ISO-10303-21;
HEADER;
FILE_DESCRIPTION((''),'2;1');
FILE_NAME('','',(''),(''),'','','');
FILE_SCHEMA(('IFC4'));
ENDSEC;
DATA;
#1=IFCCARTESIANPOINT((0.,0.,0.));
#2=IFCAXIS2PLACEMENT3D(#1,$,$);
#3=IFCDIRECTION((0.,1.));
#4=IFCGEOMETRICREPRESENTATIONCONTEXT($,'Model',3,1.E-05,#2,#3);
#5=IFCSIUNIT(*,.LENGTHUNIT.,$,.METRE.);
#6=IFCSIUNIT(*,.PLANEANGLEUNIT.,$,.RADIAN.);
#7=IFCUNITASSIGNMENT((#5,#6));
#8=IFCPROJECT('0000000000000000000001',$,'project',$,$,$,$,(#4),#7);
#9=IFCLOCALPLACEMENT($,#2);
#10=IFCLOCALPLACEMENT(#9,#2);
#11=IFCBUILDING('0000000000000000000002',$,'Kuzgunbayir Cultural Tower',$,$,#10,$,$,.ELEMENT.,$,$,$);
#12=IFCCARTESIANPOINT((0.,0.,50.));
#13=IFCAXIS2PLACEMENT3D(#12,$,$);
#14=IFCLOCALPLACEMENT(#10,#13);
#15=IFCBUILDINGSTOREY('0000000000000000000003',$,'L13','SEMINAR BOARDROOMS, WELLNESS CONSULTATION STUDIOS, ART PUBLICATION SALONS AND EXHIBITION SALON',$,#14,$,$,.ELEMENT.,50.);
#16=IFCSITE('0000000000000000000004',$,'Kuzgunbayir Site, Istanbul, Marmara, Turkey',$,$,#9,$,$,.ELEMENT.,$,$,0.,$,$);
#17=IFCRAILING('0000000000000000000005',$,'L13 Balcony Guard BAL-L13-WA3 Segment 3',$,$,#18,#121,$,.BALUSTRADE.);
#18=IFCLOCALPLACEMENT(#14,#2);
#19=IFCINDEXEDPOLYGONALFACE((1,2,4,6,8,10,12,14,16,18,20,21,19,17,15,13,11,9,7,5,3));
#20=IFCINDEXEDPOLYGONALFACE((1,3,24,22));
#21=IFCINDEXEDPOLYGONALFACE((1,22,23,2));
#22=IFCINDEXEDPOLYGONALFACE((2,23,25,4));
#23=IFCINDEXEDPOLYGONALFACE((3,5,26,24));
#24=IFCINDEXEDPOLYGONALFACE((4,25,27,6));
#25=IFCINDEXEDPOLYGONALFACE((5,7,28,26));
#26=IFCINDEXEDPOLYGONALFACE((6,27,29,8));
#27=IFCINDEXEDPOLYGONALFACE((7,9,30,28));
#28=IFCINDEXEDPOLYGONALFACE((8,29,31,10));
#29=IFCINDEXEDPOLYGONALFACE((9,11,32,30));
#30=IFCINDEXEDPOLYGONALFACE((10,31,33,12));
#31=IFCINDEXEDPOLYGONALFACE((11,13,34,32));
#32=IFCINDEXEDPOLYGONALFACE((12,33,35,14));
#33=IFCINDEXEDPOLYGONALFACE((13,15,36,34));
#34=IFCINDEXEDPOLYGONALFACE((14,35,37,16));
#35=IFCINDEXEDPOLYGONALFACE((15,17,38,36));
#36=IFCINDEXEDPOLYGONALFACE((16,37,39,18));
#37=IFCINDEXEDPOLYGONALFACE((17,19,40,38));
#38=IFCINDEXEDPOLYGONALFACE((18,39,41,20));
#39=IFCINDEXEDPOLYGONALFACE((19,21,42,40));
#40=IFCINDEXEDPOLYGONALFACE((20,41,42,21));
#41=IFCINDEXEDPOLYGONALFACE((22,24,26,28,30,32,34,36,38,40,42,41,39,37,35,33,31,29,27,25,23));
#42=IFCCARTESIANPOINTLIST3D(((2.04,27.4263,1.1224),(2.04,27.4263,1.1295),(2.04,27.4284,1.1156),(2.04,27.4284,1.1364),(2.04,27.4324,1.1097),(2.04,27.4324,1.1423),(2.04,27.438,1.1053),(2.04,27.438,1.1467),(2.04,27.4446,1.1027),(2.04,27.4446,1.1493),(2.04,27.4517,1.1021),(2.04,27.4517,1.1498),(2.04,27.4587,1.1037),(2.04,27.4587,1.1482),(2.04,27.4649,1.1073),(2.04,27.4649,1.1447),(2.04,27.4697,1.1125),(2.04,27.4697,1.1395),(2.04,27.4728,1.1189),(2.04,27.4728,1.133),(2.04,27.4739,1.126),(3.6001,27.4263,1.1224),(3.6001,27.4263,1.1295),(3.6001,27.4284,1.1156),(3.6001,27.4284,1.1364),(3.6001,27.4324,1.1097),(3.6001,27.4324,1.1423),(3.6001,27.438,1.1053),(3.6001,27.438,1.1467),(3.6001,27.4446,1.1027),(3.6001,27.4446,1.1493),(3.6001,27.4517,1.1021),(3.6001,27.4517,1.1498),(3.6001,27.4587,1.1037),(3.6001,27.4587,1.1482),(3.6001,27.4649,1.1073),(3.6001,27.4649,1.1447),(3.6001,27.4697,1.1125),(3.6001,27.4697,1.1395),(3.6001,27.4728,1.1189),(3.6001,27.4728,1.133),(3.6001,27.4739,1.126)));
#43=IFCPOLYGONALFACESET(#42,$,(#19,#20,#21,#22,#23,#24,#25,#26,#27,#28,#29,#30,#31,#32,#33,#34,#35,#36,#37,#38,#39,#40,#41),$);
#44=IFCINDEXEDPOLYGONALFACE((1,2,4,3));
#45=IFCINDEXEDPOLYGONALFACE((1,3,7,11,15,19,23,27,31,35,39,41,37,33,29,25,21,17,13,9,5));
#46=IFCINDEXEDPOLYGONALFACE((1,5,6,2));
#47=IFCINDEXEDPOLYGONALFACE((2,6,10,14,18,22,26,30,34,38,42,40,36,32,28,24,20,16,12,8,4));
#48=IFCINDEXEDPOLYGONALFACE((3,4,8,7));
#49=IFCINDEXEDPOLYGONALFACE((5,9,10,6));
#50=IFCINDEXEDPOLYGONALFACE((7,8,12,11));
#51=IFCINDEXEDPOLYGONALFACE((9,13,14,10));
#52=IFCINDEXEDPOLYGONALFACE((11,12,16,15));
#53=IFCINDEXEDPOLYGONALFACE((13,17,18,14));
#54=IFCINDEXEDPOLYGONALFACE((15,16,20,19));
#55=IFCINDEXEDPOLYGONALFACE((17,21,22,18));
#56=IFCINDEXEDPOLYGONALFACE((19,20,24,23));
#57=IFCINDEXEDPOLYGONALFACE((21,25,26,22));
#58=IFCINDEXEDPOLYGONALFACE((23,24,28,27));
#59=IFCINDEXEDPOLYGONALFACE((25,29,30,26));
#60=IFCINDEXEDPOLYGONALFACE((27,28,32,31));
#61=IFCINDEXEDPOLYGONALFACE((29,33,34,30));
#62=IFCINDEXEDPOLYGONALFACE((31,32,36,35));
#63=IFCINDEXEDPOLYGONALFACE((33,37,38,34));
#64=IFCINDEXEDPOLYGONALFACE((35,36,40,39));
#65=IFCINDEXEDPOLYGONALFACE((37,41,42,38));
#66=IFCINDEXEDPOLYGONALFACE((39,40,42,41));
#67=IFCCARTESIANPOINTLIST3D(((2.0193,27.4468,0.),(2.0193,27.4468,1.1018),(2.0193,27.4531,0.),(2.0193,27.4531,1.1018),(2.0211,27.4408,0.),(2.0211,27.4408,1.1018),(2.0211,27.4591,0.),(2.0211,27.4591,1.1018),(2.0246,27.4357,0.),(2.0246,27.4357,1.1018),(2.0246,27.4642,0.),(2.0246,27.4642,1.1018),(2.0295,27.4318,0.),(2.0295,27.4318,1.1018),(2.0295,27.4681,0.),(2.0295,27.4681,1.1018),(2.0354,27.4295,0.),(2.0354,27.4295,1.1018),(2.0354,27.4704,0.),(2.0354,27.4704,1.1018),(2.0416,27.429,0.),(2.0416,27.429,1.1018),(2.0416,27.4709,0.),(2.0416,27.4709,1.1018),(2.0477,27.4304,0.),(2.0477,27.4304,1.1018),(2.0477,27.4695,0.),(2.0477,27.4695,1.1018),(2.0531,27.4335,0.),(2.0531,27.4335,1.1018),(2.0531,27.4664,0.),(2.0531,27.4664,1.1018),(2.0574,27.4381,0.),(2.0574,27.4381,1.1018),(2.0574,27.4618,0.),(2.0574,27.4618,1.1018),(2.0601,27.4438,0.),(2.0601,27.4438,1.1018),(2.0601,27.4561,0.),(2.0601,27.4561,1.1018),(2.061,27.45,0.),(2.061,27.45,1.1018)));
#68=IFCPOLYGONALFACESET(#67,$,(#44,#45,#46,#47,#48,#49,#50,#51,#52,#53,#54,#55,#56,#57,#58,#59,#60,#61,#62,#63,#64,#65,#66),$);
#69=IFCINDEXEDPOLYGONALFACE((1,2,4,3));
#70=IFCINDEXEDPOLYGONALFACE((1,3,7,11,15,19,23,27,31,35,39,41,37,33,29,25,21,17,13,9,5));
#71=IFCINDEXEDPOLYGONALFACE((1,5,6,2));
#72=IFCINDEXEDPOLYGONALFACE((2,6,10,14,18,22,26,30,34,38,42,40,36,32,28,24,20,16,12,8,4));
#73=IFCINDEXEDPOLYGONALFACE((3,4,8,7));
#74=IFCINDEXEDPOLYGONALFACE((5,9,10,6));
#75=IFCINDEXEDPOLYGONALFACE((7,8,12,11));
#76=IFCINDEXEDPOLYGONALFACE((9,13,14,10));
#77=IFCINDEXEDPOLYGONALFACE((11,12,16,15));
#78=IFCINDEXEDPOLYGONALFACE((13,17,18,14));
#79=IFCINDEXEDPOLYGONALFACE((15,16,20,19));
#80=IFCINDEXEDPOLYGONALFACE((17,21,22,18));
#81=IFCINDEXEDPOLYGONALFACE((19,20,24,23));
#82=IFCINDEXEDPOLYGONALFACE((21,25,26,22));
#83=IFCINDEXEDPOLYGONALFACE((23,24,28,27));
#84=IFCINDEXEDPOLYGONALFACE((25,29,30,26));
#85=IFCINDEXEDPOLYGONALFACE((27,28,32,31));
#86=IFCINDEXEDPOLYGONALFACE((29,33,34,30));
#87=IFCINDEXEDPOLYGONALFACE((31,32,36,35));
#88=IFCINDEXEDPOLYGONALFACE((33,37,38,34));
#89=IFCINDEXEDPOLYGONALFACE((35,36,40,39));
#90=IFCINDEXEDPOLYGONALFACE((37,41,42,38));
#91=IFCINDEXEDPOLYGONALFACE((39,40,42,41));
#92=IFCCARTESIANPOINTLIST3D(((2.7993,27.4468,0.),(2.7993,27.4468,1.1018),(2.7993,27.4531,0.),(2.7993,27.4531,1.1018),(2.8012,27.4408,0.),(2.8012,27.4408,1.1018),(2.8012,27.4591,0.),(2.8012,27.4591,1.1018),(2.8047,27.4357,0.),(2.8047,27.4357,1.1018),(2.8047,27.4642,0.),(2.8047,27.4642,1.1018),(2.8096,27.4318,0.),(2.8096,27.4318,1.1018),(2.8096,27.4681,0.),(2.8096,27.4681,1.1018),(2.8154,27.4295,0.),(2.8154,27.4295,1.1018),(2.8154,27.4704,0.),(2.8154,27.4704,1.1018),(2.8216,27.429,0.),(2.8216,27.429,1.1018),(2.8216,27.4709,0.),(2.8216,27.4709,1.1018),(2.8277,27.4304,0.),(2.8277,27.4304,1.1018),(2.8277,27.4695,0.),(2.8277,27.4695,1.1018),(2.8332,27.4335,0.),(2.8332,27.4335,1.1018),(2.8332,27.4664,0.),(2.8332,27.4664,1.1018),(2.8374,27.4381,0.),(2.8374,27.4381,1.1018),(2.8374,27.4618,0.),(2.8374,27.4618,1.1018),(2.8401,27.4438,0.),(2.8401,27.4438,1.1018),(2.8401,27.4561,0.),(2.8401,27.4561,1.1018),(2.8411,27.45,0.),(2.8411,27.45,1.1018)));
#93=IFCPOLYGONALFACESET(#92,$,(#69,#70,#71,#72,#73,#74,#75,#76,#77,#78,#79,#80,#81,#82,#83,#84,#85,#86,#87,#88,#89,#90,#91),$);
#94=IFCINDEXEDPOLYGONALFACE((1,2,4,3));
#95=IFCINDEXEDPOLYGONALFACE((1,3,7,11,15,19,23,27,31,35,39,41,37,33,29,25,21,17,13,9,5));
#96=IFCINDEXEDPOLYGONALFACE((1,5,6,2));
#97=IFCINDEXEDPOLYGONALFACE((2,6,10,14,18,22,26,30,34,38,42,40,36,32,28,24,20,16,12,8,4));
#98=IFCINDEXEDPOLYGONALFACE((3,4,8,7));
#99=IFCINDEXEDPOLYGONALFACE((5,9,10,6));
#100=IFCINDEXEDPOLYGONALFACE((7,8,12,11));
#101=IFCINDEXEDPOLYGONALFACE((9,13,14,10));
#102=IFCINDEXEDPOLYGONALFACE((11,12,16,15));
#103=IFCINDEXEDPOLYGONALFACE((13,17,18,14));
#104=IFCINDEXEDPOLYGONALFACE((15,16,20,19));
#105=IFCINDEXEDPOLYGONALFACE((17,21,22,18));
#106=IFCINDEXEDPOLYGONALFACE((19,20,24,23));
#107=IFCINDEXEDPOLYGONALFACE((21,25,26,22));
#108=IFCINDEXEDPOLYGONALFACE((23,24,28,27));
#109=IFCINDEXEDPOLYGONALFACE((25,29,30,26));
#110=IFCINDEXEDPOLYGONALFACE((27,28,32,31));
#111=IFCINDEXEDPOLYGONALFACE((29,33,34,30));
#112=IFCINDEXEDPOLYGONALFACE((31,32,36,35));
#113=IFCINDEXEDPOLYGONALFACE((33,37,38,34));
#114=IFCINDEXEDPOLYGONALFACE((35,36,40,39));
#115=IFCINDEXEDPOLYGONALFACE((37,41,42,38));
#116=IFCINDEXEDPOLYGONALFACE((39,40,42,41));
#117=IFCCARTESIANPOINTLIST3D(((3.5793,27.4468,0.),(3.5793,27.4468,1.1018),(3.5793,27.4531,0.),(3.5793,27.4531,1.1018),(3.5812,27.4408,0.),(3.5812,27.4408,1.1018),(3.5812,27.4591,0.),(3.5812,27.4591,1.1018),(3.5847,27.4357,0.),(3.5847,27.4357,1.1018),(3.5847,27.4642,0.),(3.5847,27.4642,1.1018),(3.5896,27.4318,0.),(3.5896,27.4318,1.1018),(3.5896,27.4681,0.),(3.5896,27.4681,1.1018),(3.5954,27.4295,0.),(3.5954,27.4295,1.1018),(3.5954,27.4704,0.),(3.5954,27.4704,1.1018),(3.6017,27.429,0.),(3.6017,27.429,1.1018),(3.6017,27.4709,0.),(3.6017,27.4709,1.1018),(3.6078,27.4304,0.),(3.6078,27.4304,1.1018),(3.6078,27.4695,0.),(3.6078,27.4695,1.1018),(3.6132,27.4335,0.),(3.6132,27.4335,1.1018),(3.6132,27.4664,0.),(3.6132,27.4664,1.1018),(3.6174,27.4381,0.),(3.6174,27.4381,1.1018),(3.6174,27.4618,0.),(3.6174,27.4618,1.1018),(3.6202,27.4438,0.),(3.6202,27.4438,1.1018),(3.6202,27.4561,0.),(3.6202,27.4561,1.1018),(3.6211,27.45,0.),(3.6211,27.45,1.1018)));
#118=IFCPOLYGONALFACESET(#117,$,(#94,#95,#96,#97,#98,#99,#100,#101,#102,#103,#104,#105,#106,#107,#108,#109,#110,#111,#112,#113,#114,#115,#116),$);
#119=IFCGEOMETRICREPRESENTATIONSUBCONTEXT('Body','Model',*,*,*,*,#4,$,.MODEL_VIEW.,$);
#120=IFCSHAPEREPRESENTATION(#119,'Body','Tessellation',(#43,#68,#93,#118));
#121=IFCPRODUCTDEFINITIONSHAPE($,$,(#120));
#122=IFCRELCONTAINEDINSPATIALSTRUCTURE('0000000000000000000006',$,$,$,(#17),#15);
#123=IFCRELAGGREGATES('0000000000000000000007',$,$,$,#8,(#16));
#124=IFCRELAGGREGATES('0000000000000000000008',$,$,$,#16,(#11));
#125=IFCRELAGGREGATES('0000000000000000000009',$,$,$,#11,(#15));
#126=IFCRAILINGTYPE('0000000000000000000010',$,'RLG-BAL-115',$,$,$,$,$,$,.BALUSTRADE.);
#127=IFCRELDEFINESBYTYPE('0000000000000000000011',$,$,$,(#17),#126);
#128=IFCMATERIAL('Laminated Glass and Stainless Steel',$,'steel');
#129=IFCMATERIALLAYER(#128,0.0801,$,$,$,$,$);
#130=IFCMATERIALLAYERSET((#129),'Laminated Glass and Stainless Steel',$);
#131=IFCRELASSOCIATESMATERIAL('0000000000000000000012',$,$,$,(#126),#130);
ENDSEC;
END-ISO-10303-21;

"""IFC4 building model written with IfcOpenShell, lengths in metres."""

from ifc_helpers import new_model, si_unit, direction, frame, origin, origin_2d, place, context, subcontext, project, spatial, circle, extrude, material, layer, layer_set, type_object, element, save


model = new_model("IFC4")

# Units and contexts
model_context = context("Model", 3, precision=1e-05, world=origin(), true_north=direction((0.0, 1.0)))
body_context = subcontext(model_context, "Body", "Model", "MODEL_VIEW")
ifc_project = project(units=[si_unit("LENGTHUNIT", "METRE"), si_unit("PLANEANGLEUNIT", "RADIAN")], contexts=[model_context])

# Site, building, storey
site_placement = place(None, origin())
site = spatial("IfcSite", under=ifc_project, at=site_placement, Name="Kuzgunbayir Site, Istanbul, Marmara, Turkey", CompositionType="ELEMENT", RefElevation=0.0)
building_placement = place(site_placement, origin())
building = spatial("IfcBuilding", under=site, at=building_placement, Name="Kuzgunbayir Cultural Tower", CompositionType="ELEMENT")
storey_placement = place(building_placement, frame((0.0, 0.0, 50.0)))
storey = spatial("IfcBuildingStorey", under=building, at=storey_placement, Name="L13", Description="SEMINAR BOARDROOMS, WELLNESS CONSULTATION STUDIOS, ART PUBLICATION SALONS AND EXHIBITION SALON", CompositionType="ELEMENT", Elevation=50.0)

# Railing
ifc_material_1 = material(Name="Laminated Glass and Stainless Steel", Category="steel")
ifc_layer_1 = layer(ifc_material_1, 0.0801)
ifc_layer_set_1 = layer_set([ifc_layer_1], Name="Laminated Glass and Stainless Steel")
railing_type = type_object("IfcRailingType", Name="RLG-BAL-115", PredefinedType="BALUSTRADE", material=ifc_layer_set_1)
railing_1_placement = place(storey_placement, frame((2.04, 27.45, 0.0)))
element("IfcRailing", 1, at=railing_1_placement, inside=storey, type_object=railing_type, Name="L13 Balcony Guard BAL-L13-WA3 Segment 3", PredefinedType="BALUSTRADE", context=body_context, shape_type="SweptSolid", body=[
    extrude(circle(Radius=0.0239, at=origin_2d()), frame((0.0, 0.0, 1.126), z_axis=(1.0, 0.0, 0.0), x_axis=(0.0, 1.0, 0.0)), (0.0, 0.0, 1.0), 1.5601),
    extrude(circle(Radius=0.021, at=origin_2d()), origin(), (0.0, 0.0, 1.0), 1.1018),
    extrude(circle(Radius=0.021, at=origin_2d()), frame((0.78, 0.0, 0.0)), (0.0, 0.0, 1.0), 1.1018),
    extrude(circle(Radius=0.021, at=origin_2d()), frame((1.5601, 0.0, 0.0)), (0.0, 0.0, 1.0), 1.1018),
])

save(model, "model.ifc")
